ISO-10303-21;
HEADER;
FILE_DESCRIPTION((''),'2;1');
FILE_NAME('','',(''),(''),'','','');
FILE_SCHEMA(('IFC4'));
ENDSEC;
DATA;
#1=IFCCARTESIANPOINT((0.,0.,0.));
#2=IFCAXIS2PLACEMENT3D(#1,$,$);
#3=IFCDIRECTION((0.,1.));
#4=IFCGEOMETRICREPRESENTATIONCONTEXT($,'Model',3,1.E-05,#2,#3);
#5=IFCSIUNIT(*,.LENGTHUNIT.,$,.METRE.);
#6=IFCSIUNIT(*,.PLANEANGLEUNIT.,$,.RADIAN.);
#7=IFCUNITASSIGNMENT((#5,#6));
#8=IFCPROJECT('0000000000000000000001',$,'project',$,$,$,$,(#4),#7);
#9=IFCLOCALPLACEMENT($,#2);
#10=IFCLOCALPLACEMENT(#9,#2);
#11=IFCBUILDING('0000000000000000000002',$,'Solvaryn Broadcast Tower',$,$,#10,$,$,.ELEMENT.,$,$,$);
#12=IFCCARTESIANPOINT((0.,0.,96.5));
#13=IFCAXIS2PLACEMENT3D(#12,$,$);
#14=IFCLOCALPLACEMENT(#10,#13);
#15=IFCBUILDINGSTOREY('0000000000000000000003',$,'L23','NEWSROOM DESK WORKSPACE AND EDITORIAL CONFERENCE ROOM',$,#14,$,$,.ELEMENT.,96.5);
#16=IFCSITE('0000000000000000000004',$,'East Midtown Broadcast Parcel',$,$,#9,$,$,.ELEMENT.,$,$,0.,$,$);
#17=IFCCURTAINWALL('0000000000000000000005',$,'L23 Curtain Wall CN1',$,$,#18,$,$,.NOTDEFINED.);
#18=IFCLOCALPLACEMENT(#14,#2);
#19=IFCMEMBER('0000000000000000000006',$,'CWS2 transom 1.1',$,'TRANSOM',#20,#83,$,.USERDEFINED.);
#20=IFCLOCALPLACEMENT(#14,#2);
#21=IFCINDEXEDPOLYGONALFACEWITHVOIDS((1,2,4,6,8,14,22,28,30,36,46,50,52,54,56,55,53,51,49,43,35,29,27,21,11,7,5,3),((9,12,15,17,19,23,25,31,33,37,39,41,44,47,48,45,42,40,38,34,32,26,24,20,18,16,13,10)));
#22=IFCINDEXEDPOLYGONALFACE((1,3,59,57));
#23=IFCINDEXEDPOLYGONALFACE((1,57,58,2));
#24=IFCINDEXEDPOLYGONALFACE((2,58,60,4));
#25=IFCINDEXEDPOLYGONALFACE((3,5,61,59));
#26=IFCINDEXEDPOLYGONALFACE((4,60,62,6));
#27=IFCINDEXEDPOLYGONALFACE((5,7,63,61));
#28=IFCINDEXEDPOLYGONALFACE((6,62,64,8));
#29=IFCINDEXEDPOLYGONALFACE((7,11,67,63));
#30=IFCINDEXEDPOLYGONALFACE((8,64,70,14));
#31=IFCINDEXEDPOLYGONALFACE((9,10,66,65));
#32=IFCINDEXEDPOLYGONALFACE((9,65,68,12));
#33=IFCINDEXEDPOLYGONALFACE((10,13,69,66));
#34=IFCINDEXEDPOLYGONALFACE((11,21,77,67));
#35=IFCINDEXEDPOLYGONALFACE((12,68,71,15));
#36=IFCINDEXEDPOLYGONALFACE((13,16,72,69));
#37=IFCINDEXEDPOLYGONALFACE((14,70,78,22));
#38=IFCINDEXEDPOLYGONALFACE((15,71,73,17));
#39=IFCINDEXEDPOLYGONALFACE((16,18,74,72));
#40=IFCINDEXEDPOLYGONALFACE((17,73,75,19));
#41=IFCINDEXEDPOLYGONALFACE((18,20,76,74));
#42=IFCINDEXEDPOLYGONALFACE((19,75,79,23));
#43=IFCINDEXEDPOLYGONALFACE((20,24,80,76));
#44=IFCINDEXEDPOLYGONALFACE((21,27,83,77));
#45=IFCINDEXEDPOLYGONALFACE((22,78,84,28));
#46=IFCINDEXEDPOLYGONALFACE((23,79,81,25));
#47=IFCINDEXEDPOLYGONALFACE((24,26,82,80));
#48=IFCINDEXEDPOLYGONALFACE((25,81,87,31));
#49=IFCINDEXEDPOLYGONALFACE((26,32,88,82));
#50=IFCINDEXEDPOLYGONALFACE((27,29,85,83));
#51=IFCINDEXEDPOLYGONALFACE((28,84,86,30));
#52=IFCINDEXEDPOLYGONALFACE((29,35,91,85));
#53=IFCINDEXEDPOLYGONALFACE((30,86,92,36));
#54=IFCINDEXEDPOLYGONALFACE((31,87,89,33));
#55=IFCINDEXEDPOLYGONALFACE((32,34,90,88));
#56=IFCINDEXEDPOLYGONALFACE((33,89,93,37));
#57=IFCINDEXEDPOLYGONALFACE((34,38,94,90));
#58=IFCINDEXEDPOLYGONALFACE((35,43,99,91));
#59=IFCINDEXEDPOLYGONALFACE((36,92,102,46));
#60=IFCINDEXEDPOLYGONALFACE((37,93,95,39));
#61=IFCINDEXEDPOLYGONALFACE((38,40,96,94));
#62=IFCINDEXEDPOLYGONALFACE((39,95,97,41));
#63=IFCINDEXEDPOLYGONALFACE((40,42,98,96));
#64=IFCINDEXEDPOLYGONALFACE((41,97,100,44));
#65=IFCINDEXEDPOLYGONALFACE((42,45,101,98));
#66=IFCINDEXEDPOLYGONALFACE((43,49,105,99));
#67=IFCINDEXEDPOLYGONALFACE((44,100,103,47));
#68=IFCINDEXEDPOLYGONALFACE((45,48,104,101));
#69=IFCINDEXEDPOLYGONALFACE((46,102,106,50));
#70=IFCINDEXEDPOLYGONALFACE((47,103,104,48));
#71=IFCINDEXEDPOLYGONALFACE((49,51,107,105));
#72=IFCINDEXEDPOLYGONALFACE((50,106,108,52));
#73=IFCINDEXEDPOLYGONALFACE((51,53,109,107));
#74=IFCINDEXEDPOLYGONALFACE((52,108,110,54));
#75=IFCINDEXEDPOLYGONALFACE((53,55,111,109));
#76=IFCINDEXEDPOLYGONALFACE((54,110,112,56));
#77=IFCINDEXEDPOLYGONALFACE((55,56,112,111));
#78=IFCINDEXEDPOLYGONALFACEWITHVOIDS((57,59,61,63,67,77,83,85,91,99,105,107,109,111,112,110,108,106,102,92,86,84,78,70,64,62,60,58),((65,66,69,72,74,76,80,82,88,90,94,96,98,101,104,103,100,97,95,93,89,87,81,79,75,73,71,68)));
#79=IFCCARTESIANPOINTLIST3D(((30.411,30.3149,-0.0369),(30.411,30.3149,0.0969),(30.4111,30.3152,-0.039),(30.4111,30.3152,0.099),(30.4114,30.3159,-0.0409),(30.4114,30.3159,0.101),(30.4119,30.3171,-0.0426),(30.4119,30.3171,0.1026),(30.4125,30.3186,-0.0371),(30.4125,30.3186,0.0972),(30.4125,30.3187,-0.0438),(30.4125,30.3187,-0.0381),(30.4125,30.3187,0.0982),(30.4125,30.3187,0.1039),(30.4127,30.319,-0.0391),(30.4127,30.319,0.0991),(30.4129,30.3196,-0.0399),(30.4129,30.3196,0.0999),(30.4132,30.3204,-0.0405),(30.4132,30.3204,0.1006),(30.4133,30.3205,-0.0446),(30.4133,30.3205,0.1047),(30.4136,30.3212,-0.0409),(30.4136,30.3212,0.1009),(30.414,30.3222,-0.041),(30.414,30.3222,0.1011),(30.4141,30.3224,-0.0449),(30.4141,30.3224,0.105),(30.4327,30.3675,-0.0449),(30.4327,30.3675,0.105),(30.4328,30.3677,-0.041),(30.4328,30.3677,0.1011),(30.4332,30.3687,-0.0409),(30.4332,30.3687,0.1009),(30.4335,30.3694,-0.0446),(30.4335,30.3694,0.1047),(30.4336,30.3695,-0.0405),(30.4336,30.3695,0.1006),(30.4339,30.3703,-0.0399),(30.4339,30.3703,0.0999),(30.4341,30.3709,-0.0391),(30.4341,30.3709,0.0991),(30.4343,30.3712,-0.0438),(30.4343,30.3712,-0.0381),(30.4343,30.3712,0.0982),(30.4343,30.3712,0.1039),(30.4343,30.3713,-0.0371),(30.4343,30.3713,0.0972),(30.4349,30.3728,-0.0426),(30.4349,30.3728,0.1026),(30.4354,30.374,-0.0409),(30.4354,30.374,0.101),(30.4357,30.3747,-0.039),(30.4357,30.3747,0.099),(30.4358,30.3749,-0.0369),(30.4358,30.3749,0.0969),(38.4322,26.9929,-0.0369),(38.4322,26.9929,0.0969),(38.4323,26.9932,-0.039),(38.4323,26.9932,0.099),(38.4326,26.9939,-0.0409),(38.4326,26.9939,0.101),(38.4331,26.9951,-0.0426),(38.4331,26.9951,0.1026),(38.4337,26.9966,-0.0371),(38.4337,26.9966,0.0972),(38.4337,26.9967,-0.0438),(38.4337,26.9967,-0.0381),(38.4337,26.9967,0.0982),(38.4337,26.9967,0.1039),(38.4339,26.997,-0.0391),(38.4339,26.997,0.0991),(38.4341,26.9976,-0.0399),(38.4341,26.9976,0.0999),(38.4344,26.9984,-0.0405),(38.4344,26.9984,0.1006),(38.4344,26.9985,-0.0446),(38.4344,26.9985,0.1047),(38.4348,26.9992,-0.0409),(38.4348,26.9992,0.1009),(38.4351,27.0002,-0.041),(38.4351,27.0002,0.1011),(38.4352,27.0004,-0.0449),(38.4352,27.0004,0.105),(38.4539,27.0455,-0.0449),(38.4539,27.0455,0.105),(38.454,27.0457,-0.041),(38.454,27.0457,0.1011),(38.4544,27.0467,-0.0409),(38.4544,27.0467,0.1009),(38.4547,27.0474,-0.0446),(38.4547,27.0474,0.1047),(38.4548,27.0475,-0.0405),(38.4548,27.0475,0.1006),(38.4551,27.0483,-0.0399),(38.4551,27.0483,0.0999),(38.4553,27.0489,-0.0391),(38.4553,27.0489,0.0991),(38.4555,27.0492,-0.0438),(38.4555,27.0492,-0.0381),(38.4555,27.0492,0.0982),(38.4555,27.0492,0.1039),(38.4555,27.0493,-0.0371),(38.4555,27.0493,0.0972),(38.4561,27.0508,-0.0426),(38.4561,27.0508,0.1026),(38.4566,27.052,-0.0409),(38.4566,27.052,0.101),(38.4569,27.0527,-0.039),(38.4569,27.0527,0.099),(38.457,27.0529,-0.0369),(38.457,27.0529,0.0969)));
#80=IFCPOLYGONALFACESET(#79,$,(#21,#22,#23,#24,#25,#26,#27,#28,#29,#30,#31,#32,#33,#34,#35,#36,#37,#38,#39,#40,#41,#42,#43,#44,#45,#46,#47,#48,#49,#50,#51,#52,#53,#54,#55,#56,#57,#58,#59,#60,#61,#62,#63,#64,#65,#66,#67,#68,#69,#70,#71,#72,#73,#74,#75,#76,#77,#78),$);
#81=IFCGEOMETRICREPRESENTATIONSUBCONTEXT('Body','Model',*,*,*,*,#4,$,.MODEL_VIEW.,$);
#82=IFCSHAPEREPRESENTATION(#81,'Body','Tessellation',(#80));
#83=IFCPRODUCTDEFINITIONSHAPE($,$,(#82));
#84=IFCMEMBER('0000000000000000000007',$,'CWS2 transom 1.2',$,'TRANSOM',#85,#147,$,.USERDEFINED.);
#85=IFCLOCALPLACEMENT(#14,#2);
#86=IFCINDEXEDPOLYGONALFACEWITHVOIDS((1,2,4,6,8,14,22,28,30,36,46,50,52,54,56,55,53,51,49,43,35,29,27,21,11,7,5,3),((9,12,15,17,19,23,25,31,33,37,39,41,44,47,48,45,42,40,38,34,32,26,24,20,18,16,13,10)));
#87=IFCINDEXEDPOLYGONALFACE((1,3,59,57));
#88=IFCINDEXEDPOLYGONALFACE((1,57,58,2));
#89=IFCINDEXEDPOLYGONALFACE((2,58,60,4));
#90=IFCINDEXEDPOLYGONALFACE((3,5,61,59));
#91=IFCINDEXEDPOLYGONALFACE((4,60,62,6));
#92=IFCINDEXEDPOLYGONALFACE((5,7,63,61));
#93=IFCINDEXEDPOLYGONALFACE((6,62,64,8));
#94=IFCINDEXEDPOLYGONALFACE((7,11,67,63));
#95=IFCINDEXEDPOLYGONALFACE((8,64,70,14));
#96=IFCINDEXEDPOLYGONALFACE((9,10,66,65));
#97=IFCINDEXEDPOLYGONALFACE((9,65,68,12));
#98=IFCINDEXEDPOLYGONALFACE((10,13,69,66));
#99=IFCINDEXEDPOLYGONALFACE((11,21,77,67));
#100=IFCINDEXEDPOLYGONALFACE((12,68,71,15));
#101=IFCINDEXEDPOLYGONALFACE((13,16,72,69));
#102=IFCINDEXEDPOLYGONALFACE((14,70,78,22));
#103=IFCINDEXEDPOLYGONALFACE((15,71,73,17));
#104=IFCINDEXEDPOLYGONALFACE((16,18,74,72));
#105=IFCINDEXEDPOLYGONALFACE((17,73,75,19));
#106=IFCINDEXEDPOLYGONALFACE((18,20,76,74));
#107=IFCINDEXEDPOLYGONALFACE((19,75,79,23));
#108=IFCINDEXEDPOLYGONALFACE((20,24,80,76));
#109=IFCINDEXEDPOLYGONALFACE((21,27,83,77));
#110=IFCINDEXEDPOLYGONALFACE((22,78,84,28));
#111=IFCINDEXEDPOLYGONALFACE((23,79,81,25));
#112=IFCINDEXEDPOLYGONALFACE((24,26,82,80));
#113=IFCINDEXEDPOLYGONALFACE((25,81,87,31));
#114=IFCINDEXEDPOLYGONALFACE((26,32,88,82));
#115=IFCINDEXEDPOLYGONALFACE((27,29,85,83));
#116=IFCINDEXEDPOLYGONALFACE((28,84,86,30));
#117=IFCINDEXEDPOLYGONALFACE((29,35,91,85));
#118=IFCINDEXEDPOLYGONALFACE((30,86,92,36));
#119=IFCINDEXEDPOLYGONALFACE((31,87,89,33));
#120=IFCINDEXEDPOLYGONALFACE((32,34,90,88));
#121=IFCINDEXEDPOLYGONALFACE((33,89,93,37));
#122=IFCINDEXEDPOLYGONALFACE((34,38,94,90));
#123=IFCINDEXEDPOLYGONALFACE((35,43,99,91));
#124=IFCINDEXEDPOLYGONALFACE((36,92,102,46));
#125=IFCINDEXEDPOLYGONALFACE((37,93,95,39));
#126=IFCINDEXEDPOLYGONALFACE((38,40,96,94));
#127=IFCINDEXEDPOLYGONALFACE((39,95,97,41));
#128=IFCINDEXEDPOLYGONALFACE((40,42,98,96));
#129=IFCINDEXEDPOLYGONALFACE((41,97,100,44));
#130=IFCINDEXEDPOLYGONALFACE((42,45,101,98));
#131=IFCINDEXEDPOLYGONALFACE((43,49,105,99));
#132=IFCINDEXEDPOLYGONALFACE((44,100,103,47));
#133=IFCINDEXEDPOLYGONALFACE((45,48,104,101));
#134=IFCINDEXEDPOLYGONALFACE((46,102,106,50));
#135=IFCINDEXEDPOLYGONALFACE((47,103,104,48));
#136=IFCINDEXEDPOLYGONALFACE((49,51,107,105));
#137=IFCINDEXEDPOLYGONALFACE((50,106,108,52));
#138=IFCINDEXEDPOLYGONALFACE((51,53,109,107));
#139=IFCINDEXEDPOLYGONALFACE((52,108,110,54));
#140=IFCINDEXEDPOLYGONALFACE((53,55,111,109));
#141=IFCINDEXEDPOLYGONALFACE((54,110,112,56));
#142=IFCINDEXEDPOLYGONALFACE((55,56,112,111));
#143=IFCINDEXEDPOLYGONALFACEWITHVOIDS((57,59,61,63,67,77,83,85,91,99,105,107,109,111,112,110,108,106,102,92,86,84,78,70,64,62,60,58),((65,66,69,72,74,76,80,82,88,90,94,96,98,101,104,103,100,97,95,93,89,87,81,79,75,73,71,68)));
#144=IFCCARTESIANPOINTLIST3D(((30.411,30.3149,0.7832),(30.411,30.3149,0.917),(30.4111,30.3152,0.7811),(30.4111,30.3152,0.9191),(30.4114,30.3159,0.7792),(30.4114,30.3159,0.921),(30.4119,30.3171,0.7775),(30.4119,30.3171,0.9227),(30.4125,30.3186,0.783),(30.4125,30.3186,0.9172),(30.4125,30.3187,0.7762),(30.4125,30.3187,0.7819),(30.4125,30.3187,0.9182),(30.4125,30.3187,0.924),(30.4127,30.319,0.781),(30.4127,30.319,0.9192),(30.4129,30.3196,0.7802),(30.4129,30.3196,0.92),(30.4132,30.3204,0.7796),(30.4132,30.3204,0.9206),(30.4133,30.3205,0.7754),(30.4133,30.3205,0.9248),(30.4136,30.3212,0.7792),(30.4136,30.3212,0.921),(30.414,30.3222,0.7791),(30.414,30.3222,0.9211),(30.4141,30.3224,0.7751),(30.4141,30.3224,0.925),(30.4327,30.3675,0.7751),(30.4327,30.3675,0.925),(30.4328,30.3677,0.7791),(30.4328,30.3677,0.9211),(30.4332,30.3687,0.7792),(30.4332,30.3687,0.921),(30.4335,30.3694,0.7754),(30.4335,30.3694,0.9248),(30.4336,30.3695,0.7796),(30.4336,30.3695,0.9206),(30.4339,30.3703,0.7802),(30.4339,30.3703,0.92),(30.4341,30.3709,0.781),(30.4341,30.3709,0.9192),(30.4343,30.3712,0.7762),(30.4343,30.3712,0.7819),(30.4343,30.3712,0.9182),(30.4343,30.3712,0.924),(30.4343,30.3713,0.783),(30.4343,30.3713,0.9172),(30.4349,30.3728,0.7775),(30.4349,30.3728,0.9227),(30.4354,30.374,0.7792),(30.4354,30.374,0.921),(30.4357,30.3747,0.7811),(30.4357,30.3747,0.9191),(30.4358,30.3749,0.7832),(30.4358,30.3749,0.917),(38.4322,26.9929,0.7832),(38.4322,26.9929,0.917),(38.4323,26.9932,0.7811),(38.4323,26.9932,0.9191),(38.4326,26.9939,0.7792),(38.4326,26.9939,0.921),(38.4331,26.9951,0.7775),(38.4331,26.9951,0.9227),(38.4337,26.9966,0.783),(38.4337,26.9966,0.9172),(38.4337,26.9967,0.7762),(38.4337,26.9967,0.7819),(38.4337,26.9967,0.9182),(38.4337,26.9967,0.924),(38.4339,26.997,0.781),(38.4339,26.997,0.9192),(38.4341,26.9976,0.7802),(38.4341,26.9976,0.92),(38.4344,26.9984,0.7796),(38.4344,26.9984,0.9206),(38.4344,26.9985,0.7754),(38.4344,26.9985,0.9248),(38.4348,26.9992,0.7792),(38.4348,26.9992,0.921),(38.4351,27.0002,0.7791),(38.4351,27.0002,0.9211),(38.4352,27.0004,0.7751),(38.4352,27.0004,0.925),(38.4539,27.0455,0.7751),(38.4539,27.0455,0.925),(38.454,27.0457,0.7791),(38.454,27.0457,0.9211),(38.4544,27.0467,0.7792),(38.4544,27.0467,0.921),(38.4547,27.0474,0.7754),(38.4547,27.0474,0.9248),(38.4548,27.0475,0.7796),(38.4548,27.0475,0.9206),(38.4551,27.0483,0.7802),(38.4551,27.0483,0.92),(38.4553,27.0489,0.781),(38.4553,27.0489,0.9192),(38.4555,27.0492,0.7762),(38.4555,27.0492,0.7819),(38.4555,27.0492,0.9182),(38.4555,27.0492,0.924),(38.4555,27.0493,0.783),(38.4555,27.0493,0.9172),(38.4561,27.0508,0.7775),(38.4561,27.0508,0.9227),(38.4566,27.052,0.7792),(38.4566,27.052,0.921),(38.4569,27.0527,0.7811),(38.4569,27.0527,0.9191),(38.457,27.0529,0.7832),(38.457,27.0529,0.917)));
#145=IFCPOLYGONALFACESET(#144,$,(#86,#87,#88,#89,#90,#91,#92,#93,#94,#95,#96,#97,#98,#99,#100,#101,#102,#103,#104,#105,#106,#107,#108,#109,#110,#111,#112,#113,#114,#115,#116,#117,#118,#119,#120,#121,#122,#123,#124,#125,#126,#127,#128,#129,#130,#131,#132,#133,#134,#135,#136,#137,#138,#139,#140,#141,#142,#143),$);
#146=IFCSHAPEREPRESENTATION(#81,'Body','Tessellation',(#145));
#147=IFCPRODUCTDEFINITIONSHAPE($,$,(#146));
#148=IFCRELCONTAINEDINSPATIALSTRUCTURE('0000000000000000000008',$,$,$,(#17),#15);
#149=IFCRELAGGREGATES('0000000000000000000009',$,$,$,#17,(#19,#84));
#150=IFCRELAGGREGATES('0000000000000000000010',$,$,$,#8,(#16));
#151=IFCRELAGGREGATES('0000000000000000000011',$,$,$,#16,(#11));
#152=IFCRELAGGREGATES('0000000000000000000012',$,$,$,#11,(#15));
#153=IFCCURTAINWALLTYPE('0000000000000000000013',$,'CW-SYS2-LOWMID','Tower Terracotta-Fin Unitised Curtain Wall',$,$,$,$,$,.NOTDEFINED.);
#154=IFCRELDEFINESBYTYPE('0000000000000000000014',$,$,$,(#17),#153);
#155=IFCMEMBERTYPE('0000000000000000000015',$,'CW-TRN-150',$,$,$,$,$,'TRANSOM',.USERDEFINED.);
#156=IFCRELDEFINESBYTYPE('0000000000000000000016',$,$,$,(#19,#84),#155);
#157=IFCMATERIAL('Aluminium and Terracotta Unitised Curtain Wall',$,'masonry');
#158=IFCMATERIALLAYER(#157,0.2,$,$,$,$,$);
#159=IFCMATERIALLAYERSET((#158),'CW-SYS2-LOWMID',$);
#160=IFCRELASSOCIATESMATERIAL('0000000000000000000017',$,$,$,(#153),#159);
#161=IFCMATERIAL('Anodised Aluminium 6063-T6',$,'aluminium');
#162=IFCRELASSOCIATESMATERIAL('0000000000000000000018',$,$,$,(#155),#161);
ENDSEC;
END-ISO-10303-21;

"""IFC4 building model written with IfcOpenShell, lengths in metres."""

from ifc_helpers import new_model, si_unit, direction, frame, origin, origin_2d, place, context, subcontext, project, spatial, hollow_rectangle, extrude, material, layer, layer_set, material_profile, profile_set, type_object, element, aggregate, save


model = new_model("IFC4")

# Units and contexts
model_context = context("Model", 3, precision=1e-05, world=origin(), true_north=direction((0.0, 1.0)))
body_context = subcontext(model_context, "Body", "Model", "MODEL_VIEW")
ifc_project = project(units=[si_unit("LENGTHUNIT", "METRE"), si_unit("PLANEANGLEUNIT", "RADIAN")], contexts=[model_context])

# Site, building, storey
site_placement = place(None, origin())
site = spatial("IfcSite", under=ifc_project, at=site_placement, Name="East Midtown Broadcast Parcel", CompositionType="ELEMENT", RefElevation=0.0)
building_placement = place(site_placement, origin())
building = spatial("IfcBuilding", under=site, at=building_placement, Name="Solvaryn Broadcast Tower", CompositionType="ELEMENT")
storey_placement = place(building_placement, frame((0.0, 0.0, 96.5)))
storey = spatial("IfcBuildingStorey", under=building, at=storey_placement, Name="L23", Description="NEWSROOM DESK WORKSPACE AND EDITORIAL CONFERENCE ROOM", CompositionType="ELEMENT", Elevation=96.5)

# Curtain wall
ifc_material_1 = material(Name="Aluminium and Terracotta Unitised Curtain Wall", Category="masonry")
ifc_layer_1 = layer(ifc_material_1, 0.2)
ifc_layer_set_1 = layer_set([ifc_layer_1], Name="CW-SYS2-LOWMID")
curtain_wall_type = type_object("IfcCurtainWallType", Name="CW-SYS2-LOWMID", Description="Tower Terracotta-Fin Unitised Curtain Wall", PredefinedType="NOTDEFINED", material=ifc_layer_set_1)
curtain_wall_1_placement = place(storey_placement, origin())
curtain_wall_1 = element("IfcCurtainWall", 1, at=curtain_wall_1_placement, inside=storey, type_object=curtain_wall_type, Name="L23 Curtain Wall CN1", PredefinedType="NOTDEFINED")

# Members
ifc_material_2 = material(Name="Anodised Aluminium 6063-T6", Category="aluminium")
ifc_material_profile_1 = material_profile(ifc_material_2, hollow_rectangle(XDim=0.0649, YDim=0.1499, WallThickness=0.0039, InnerFilletRadius=0.0039, OuterFilletRadius=0.0081, at=origin_2d()))
ifc_profile_set_1 = profile_set([ifc_material_profile_1], Name="Anodised Aluminium 6063-T6")
member_type_1 = type_object("IfcMemberType", Name="CW-TRN-150", ElementType="TRANSOM", PredefinedType="USERDEFINED", material=ifc_profile_set_1)
member_1_placement = place(storey_placement, frame((38.4446, 27.0229, 0.03), z_axis=(-0.923899, 0.382636, 0.0), x_axis=(-0.382636, -0.923899, 0.0)))
member_1 = element("IfcMember", 2, at=member_1_placement, type_object=member_type_1, Name="CWS2 transom 1.1", ObjectType="TRANSOM", PredefinedType="USERDEFINED", context=body_context, shape_type="SweptSolid", body=[
    extrude(hollow_rectangle(XDim=0.0649, YDim=0.1499, WallThickness=0.0039, InnerFilletRadius=0.0039, OuterFilletRadius=0.0081, at=origin_2d()), origin(), (0.0, 0.0, 1.0), 8.6819),
])
member_2_placement = place(storey_placement, frame((38.4446, 27.0229, 0.8501), z_axis=(-0.923899, 0.382636, 0.0), x_axis=(-0.382636, -0.923899, 0.0)))
member_2 = element("IfcMember", 3, at=member_2_placement, type_object=member_type_1, Name="CWS2 transom 1.2", ObjectType="TRANSOM", PredefinedType="USERDEFINED", context=body_context, shape_type="SweptSolid", body=[
    extrude(hollow_rectangle(XDim=0.0649, YDim=0.1499, WallThickness=0.0039, InnerFilletRadius=0.0039, OuterFilletRadius=0.0081, at=origin_2d()), origin(), (0.0, 0.0, 1.0), 8.6819),
])
aggregate(curtain_wall_1, [member_1, member_2])

save(model, "model.ifc")
